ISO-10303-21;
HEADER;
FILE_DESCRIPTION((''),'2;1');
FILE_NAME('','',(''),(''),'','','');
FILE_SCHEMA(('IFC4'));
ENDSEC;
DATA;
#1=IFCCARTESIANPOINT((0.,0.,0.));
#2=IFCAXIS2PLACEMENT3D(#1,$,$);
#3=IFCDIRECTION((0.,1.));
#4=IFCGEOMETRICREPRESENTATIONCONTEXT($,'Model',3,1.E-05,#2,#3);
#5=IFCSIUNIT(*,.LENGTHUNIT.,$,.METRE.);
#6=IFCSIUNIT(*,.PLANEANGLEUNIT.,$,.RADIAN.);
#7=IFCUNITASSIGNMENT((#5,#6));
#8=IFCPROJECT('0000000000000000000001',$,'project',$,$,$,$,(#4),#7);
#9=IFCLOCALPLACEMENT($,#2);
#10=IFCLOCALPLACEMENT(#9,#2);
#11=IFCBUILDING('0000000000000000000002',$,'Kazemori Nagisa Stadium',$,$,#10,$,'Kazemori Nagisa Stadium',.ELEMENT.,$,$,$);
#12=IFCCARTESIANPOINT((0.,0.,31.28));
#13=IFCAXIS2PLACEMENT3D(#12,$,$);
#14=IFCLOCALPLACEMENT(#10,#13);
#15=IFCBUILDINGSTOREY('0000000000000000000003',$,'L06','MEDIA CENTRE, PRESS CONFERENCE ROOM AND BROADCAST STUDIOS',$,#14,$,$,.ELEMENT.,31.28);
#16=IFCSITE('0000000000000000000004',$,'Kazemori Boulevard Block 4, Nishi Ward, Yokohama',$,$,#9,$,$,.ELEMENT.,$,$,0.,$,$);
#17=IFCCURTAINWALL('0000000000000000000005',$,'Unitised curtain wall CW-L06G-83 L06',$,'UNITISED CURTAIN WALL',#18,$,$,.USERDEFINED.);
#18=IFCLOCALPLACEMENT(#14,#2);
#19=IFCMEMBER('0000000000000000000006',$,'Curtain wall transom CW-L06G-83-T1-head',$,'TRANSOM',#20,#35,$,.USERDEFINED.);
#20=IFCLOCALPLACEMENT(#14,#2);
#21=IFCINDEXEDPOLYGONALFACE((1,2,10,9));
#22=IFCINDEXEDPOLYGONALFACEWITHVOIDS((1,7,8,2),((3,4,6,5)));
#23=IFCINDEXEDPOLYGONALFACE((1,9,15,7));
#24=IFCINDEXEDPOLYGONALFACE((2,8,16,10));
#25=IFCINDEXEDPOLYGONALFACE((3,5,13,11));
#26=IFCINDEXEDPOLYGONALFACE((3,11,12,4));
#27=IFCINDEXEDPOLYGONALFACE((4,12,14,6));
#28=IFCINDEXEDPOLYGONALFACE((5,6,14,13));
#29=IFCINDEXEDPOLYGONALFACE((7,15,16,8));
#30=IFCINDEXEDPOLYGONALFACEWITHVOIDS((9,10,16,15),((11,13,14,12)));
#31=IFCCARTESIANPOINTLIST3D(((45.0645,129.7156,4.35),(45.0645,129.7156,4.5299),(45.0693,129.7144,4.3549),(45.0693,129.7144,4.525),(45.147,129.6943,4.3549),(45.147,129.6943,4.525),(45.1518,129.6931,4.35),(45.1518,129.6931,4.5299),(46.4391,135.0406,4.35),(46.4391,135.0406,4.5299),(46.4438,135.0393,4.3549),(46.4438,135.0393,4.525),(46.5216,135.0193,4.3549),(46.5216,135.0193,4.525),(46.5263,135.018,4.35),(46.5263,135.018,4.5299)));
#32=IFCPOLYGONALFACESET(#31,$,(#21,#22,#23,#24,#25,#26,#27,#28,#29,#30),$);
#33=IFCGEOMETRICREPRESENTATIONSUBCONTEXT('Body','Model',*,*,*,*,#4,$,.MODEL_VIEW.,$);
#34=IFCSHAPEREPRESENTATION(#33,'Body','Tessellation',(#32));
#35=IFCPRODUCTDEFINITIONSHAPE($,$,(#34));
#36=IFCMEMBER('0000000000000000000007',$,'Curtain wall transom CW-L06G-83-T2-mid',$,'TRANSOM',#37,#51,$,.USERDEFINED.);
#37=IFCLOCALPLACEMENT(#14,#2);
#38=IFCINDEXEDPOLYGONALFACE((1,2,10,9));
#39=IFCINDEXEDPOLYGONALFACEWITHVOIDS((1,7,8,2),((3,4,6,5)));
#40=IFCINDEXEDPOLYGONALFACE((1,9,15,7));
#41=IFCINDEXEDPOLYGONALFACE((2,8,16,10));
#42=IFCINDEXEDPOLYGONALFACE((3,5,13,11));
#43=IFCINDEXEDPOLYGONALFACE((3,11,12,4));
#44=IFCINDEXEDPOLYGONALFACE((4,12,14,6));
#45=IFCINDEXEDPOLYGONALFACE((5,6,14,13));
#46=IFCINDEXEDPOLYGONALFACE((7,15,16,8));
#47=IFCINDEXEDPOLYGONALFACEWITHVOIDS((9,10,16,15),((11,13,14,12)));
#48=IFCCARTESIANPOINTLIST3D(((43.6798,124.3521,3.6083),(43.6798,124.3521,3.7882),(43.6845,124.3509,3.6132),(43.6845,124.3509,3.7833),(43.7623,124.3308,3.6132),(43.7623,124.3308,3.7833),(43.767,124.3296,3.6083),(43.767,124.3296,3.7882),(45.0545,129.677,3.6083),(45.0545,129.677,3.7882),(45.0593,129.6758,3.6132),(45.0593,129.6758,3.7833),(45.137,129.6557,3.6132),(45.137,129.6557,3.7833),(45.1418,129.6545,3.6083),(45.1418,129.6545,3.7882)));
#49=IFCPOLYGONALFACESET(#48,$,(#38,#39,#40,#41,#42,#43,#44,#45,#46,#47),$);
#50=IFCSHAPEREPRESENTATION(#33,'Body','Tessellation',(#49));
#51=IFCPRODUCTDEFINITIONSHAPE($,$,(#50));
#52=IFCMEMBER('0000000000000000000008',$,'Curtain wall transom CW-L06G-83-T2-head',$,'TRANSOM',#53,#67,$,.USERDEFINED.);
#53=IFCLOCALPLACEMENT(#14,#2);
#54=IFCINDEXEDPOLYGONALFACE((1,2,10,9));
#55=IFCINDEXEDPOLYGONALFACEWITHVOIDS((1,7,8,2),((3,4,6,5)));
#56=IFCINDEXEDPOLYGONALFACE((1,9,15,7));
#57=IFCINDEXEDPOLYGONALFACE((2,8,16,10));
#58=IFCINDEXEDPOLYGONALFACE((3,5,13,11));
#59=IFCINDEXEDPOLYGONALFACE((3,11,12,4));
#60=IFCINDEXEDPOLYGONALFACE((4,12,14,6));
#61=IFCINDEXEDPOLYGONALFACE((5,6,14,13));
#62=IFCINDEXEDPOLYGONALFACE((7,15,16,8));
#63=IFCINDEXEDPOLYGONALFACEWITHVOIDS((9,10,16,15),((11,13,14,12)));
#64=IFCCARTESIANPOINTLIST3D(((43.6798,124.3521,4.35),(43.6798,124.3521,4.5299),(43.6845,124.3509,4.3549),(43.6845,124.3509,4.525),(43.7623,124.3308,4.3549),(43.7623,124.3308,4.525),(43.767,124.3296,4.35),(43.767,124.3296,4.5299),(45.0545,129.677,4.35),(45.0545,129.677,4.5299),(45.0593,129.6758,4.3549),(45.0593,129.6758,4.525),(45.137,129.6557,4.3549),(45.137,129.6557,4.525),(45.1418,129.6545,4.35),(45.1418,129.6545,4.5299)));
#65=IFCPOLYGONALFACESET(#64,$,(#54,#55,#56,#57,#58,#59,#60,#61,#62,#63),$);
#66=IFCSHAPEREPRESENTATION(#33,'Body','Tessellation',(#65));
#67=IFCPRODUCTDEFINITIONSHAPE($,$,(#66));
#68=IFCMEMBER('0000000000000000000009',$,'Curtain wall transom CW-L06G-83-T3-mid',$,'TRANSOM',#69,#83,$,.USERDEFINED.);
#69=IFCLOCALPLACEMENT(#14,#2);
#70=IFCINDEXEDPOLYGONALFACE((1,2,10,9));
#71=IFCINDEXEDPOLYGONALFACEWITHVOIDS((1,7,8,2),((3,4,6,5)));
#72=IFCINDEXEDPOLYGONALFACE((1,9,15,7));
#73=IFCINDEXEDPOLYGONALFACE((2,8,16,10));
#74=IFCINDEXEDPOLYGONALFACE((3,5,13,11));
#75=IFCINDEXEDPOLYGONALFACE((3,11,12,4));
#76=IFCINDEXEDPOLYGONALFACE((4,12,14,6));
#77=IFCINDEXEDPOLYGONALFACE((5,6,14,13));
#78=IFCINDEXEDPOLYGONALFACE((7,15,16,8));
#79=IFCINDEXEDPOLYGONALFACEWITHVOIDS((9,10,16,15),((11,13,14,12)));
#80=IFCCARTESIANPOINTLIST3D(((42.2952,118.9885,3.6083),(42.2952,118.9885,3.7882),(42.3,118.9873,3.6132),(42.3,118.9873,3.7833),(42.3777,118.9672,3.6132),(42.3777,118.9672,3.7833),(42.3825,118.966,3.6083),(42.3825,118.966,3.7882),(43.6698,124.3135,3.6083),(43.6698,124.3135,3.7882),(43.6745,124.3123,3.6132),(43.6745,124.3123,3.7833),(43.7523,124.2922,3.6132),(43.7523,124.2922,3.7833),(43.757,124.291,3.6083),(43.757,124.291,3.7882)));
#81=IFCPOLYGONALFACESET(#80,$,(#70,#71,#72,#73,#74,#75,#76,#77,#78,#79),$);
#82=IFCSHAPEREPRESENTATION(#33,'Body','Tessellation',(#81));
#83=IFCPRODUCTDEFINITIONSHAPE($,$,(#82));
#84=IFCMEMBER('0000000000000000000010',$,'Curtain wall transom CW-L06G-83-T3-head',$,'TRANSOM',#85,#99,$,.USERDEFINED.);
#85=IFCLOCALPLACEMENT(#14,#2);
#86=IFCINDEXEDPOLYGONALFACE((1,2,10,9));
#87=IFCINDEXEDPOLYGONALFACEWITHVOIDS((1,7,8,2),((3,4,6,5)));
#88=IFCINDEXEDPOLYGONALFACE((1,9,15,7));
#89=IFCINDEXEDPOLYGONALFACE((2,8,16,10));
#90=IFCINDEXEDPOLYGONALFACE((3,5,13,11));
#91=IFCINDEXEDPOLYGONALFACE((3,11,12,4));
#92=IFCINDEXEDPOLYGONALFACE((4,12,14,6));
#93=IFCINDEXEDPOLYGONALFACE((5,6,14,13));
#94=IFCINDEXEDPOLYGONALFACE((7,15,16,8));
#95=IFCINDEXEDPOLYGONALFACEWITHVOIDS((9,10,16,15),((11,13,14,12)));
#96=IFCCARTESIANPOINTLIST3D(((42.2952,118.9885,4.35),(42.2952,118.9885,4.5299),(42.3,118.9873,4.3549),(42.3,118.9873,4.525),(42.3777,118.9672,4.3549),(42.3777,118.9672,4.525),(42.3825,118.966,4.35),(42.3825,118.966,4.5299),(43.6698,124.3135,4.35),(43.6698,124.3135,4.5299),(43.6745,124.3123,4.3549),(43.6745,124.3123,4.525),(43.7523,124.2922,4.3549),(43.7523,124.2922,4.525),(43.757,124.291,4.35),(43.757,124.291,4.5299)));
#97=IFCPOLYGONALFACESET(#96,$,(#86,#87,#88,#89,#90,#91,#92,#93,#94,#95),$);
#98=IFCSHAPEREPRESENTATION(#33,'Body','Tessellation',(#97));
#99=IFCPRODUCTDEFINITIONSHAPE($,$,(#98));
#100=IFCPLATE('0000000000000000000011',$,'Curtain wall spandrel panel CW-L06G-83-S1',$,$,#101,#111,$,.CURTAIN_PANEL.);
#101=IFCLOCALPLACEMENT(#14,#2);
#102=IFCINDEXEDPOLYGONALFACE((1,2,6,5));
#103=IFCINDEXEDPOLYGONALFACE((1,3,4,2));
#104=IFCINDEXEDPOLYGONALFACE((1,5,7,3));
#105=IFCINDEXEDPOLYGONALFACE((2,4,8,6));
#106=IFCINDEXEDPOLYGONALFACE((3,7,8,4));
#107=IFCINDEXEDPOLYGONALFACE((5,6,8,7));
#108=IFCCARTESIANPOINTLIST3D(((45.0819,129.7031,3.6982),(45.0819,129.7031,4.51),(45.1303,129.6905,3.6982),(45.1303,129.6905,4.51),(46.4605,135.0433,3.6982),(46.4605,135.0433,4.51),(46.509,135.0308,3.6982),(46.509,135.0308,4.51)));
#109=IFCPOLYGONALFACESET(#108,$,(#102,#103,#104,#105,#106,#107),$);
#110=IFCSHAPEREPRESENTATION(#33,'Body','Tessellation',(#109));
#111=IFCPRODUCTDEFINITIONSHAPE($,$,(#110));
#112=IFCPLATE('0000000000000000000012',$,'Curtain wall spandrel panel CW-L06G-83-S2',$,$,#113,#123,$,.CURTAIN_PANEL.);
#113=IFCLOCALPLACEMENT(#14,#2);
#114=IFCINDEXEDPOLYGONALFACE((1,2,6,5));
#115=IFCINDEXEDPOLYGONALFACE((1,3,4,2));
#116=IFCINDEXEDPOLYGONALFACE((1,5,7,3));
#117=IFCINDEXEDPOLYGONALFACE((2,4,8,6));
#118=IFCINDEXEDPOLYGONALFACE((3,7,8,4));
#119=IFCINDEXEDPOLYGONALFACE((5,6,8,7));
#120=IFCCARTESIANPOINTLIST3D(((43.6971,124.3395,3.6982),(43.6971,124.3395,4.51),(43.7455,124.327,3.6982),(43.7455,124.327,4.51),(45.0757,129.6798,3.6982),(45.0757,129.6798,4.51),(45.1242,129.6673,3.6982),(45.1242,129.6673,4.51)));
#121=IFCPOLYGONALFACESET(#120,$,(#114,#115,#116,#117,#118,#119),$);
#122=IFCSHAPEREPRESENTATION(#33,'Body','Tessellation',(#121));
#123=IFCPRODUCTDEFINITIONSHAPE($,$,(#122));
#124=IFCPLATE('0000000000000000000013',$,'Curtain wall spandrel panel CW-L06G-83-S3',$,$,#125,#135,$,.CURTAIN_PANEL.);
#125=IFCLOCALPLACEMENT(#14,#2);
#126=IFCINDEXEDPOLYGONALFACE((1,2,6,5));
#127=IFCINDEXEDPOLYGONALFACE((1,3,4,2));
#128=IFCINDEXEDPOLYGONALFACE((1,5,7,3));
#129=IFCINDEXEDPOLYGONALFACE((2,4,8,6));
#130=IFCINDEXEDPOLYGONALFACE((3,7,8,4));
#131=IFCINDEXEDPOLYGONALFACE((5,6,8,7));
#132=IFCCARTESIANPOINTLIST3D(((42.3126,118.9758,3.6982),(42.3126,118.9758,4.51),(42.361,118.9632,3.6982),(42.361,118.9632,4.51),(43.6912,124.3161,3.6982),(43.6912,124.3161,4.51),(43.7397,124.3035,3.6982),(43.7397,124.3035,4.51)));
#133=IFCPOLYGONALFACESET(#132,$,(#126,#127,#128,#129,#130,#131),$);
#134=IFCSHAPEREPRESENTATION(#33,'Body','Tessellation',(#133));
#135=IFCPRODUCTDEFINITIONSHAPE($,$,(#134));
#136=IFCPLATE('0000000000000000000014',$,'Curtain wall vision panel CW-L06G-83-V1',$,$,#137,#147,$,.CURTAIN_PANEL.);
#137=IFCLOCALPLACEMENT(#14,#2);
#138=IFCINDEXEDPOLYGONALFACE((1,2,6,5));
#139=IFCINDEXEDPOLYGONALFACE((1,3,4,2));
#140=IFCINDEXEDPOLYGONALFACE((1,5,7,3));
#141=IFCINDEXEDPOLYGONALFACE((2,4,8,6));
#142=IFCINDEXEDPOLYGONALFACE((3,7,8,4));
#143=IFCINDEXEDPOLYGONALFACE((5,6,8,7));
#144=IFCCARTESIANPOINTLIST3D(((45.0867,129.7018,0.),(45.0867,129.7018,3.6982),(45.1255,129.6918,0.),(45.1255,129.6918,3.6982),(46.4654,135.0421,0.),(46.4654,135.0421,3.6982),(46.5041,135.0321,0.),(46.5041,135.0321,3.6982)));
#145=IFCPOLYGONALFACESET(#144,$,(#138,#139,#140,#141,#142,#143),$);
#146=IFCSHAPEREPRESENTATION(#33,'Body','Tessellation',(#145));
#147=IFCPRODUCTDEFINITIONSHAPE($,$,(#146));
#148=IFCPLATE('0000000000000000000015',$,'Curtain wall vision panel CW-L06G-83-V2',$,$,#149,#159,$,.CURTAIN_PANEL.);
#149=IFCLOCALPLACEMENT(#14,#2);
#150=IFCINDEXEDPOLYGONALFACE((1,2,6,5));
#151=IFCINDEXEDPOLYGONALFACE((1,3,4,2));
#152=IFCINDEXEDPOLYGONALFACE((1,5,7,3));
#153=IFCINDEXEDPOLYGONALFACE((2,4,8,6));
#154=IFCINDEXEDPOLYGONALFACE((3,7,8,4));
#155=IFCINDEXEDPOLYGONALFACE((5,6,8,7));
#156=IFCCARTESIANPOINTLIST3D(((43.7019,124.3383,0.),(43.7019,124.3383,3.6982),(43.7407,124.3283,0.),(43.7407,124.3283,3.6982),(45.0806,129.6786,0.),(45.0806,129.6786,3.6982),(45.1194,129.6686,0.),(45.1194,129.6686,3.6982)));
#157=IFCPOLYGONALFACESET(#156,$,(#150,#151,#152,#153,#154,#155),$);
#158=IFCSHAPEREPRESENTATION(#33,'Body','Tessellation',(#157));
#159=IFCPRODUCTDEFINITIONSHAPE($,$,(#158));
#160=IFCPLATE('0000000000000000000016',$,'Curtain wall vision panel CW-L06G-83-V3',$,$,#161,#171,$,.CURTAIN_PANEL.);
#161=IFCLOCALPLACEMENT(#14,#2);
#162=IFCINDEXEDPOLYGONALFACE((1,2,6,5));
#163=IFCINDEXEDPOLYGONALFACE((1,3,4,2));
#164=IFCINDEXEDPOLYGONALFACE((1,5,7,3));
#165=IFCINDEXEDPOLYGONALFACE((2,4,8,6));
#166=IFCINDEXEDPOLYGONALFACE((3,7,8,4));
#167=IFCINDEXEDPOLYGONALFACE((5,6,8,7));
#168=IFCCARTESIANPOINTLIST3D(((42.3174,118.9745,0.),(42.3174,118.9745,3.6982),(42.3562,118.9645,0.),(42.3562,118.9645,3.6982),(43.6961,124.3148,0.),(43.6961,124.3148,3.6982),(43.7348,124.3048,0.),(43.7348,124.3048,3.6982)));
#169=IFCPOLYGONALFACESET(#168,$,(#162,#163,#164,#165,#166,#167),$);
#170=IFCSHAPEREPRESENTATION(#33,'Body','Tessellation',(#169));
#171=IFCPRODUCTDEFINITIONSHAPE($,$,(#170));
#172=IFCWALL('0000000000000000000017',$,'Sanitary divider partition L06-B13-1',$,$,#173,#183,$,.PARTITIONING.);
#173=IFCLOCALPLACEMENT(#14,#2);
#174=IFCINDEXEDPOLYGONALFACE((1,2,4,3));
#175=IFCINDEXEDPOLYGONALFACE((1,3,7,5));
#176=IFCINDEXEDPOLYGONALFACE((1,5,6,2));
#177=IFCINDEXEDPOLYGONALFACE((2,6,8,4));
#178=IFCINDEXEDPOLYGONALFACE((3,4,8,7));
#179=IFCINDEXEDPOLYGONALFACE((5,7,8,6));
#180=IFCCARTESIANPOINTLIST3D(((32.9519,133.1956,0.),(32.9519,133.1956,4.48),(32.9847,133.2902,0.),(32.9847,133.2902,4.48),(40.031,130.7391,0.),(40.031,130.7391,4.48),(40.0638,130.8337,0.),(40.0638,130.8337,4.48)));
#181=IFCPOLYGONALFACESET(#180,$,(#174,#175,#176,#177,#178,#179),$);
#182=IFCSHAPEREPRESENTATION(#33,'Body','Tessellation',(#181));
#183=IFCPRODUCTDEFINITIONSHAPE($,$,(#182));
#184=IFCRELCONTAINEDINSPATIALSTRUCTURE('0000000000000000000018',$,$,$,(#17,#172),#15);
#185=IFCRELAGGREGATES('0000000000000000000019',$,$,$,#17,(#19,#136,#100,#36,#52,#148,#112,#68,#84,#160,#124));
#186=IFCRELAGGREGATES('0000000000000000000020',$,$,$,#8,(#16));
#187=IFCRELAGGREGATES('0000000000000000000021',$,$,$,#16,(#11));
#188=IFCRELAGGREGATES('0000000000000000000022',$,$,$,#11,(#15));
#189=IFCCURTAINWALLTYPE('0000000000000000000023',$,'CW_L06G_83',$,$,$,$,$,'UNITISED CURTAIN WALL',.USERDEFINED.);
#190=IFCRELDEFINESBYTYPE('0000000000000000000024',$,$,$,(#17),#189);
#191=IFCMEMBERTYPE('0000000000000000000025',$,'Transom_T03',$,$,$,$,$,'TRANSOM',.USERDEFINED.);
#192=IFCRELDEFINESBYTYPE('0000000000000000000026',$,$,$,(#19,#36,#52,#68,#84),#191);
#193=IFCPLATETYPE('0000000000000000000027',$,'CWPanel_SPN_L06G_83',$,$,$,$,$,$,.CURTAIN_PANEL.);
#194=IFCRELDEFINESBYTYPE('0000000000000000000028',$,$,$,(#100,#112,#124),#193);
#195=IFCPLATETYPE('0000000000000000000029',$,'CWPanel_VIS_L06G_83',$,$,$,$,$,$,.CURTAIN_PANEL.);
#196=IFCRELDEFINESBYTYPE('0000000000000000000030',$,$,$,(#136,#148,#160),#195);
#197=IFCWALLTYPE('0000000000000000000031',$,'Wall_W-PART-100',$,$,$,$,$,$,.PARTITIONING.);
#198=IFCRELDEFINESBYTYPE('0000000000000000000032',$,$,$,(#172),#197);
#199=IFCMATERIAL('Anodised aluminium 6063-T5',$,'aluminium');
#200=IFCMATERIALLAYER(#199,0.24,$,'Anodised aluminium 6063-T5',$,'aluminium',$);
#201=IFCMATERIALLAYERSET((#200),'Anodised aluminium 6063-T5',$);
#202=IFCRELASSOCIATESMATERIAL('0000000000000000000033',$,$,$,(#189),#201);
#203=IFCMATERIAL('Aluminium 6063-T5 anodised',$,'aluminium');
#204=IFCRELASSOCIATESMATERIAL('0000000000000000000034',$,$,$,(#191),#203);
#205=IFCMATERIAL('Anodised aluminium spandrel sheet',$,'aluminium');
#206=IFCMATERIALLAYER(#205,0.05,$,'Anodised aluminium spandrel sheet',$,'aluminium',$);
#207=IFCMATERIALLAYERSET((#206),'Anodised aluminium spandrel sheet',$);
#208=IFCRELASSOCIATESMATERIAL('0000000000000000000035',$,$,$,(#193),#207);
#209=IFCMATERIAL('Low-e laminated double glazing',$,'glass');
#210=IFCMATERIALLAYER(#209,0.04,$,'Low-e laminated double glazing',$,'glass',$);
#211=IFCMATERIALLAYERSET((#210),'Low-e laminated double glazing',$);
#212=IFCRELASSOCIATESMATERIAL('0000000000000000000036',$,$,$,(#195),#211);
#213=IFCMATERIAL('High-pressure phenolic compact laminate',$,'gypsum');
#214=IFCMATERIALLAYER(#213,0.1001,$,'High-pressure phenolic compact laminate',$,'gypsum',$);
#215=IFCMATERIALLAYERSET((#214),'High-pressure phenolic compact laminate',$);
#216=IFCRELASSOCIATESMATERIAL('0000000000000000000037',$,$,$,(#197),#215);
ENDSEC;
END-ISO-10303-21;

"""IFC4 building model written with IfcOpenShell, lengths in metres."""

from ifc_helpers import new_model, si_unit, direction, frame, frame_2d, origin, origin_2d, place, context, subcontext, project, spatial, rectangle, hollow_rectangle, extrude, material, layer, layer_set, material_profile, profile_set, type_object, element, aggregate, save


model = new_model("IFC4")

# Units and contexts
model_context = context("Model", 3, precision=1e-05, world=origin(), true_north=direction((0.0, 1.0)))
body_context = subcontext(model_context, "Body", "Model", "MODEL_VIEW")
ifc_project = project(units=[si_unit("LENGTHUNIT", "METRE"), si_unit("PLANEANGLEUNIT", "RADIAN")], contexts=[model_context])

# Site, building, storey
site_placement = place(None, origin())
site = spatial("IfcSite", under=ifc_project, at=site_placement, Name="Kazemori Boulevard Block 4, Nishi Ward, Yokohama", CompositionType="ELEMENT", RefElevation=0.0)
building_placement = place(site_placement, origin())
building = spatial("IfcBuilding", under=site, at=building_placement, Name="Kazemori Nagisa Stadium", LongName="Kazemori Nagisa Stadium", CompositionType="ELEMENT")
storey_placement = place(building_placement, frame((0.0, 0.0, 31.28)))
storey = spatial("IfcBuildingStorey", under=building, at=storey_placement, Name="L06", Description="MEDIA CENTRE, PRESS CONFERENCE ROOM AND BROADCAST STUDIOS", CompositionType="ELEMENT", Elevation=31.28)

# Shared definitions
ifc_material_1 = material(Name="Anodised aluminium 6063-T5", Category="aluminium")
ifc_material_2 = material(Name="Aluminium 6063-T5 anodised", Category="aluminium")

# Curtain wall
ifc_layer_1 = layer(ifc_material_1, 0.24, Name="Anodised aluminium 6063-T5", Category="aluminium")
ifc_layer_set_1 = layer_set([ifc_layer_1], Name="Anodised aluminium 6063-T5")
curtain_wall_type_1 = type_object("IfcCurtainWallType", Name="CW_L06G_83", ElementType="UNITISED CURTAIN WALL", PredefinedType="USERDEFINED", material=ifc_layer_set_1)
curtain_wall_1_placement = place(storey_placement, origin())
curtain_wall_1 = element("IfcCurtainWall", 1, at=curtain_wall_1_placement, inside=storey, type_object=curtain_wall_type_1, Name="Unitised curtain wall CW-L06G-83 L06", ObjectType="UNITISED CURTAIN WALL", PredefinedType="USERDEFINED")

# Members
ifc_material_profile_1 = material_profile(ifc_material_2, hollow_rectangle(XDim=0.0901, YDim=0.1799, WallThickness=0.0049, at=origin_2d()), Name="ALU-TRAN-90x180x5")
ifc_profile_set_1 = profile_set([ifc_material_profile_1], Name="Aluminium 6063-T5 anodised")
member_type_1 = type_object("IfcMemberType", Name="Transom_T03", ElementType="TRANSOM", PredefinedType="USERDEFINED", material=ifc_profile_set_1)
member_1_placement = place(storey_placement, frame((46.4827, 135.0293, 4.4399), z_axis=(-0.249934, -0.968263, 0.0), x_axis=(0.968263, -0.249934, 0.0)))
member_1 = element("IfcMember", 2, at=member_1_placement, type_object=member_type_1, Name="Curtain wall transom CW-L06G-83-T1-head", ObjectType="TRANSOM", PredefinedType="USERDEFINED", context=body_context, shape_type="SweptSolid", body=[
    extrude(hollow_rectangle(XDim=0.0901, YDim=0.1799, WallThickness=0.0049, at=origin_2d()), origin(), (0.0, 0.0, 1.0), 5.4995),
])
member_2_placement = place(storey_placement, frame((45.0981, 129.6658, 3.6982), z_axis=(-0.249976, -0.968252, 0.0), x_axis=(0.968252, -0.249976, 0.0)))
member_2 = element("IfcMember", 3, at=member_2_placement, type_object=member_type_1, Name="Curtain wall transom CW-L06G-83-T2-mid", ObjectType="TRANSOM", PredefinedType="USERDEFINED", context=body_context, shape_type="SweptSolid", body=[
    extrude(hollow_rectangle(XDim=0.0901, YDim=0.1799, WallThickness=0.0049, at=origin_2d()), origin(), (0.0, 0.0, 1.0), 5.4995),
])
member_3_placement = place(storey_placement, frame((45.0981, 129.6658, 4.4399), z_axis=(-0.249976, -0.968252, 0.0), x_axis=(0.968252, -0.249976, 0.0)))
member_3 = element("IfcMember", 4, at=member_3_placement, type_object=member_type_1, Name="Curtain wall transom CW-L06G-83-T2-head", ObjectType="TRANSOM", PredefinedType="USERDEFINED", context=body_context, shape_type="SweptSolid", body=[
    extrude(hollow_rectangle(XDim=0.0901, YDim=0.1799, WallThickness=0.0049, at=origin_2d()), origin(), (0.0, 0.0, 1.0), 5.4995),
])
member_4_placement = place(storey_placement, frame((43.7134, 124.3022, 3.6982), z_axis=(-0.249934, -0.968263, 0.0), x_axis=(0.968263, -0.249934, 0.0)))
member_4 = element("IfcMember", 5, at=member_4_placement, type_object=member_type_1, Name="Curtain wall transom CW-L06G-83-T3-mid", ObjectType="TRANSOM", PredefinedType="USERDEFINED", context=body_context, shape_type="SweptSolid", body=[
    extrude(hollow_rectangle(XDim=0.0901, YDim=0.1799, WallThickness=0.0049, at=origin_2d()), origin(), (0.0, 0.0, 1.0), 5.4995),
])
member_5_placement = place(storey_placement, frame((43.7134, 124.3022, 4.4399), z_axis=(-0.249934, -0.968263, 0.0), x_axis=(0.968263, -0.249934, 0.0)))
member_5 = element("IfcMember", 6, at=member_5_placement, type_object=member_type_1, Name="Curtain wall transom CW-L06G-83-T3-head", ObjectType="TRANSOM", PredefinedType="USERDEFINED", context=body_context, shape_type="SweptSolid", body=[
    extrude(hollow_rectangle(XDim=0.0901, YDim=0.1799, WallThickness=0.0049, at=origin_2d()), origin(), (0.0, 0.0, 1.0), 5.4995),
])

# Plates
ifc_material_3 = material(Name="Anodised aluminium spandrel sheet", Category="aluminium")
ifc_layer_2 = layer(ifc_material_3, 0.05, Name="Anodised aluminium spandrel sheet", Category="aluminium")
ifc_layer_set_2 = layer_set([ifc_layer_2], Name="Anodised aluminium spandrel sheet")
plate_type_1 = type_object("IfcPlateType", Name="CWPanel_SPN_L06G_83", PredefinedType="CURTAIN_PANEL", material=ifc_layer_set_2)
plate_1_placement = place(storey_placement, frame((45.7954, 132.3669, 3.6982), z_axis=(0.0, 0.0, 1.0), x_axis=(-0.249965, -0.968255, 0.0)))
plate_1 = element("IfcPlate", 7, at=plate_1_placement, type_object=plate_type_1, Name="Curtain wall spandrel panel CW-L06G-83-S1", PredefinedType="CURTAIN_PANEL", context=body_context, shape_type="SweptSolid", body=[
    extrude(rectangle(XDim=5.5154, YDim=0.05, at=origin_2d()), origin(), (0.0, 0.0, 1.0), 0.8118),
])
plate_2_placement = place(storey_placement, frame((44.4106, 127.0034, 3.6982), z_axis=(0.0, 0.0, 1.0), x_axis=(-0.249965, -0.968255, 0.0)))
plate_2 = element("IfcPlate", 8, at=plate_2_placement, type_object=plate_type_1, Name="Curtain wall spandrel panel CW-L06G-83-S2", PredefinedType="CURTAIN_PANEL", context=body_context, shape_type="SweptSolid", body=[
    extrude(rectangle(XDim=5.5154, YDim=0.05, at=origin_2d()), origin(), (0.0, 0.0, 1.0), 0.8118),
])
plate_3_placement = place(storey_placement, frame((43.0261, 121.6396, 3.6982), z_axis=(0.0, 0.0, 1.0), x_axis=(-0.249965, -0.968255, 0.0)))
plate_3 = element("IfcPlate", 9, at=plate_3_placement, type_object=plate_type_1, Name="Curtain wall spandrel panel CW-L06G-83-S3", PredefinedType="CURTAIN_PANEL", context=body_context, shape_type="SweptSolid", body=[
    extrude(rectangle(XDim=5.5154, YDim=0.05, at=origin_2d()), origin(), (0.0, 0.0, 1.0), 0.8118),
])
ifc_material_4 = material(Name="Low-e laminated double glazing", Category="glass")
ifc_layer_3 = layer(ifc_material_4, 0.04, Name="Low-e laminated double glazing", Category="glass")
ifc_layer_set_3 = layer_set([ifc_layer_3], Name="Low-e laminated double glazing")
plate_type_2 = type_object("IfcPlateType", Name="CWPanel_VIS_L06G_83", PredefinedType="CURTAIN_PANEL", material=ifc_layer_set_3)
plate_4_placement = place(storey_placement, frame((45.7954, 132.3669, 0.0), z_axis=(0.0, 0.0, 1.0), x_axis=(-0.249965, -0.968255, 0.0)))
plate_4 = element("IfcPlate", 10, at=plate_4_placement, type_object=plate_type_2, Name="Curtain wall vision panel CW-L06G-83-V1", PredefinedType="CURTAIN_PANEL", context=body_context, shape_type="SweptSolid", body=[
    extrude(rectangle(XDim=5.5154, YDim=0.04, at=origin_2d()), origin(), (0.0, 0.0, 1.0), 3.6982),
])
plate_5_placement = place(storey_placement, frame((44.4106, 127.0034, 0.0), z_axis=(0.0, 0.0, 1.0), x_axis=(-0.249965, -0.968255, 0.0)))
plate_5 = element("IfcPlate", 11, at=plate_5_placement, type_object=plate_type_2, Name="Curtain wall vision panel CW-L06G-83-V2", PredefinedType="CURTAIN_PANEL", context=body_context, shape_type="SweptSolid", body=[
    extrude(rectangle(XDim=5.5154, YDim=0.04, at=origin_2d()), origin(), (0.0, 0.0, 1.0), 3.6982),
])
plate_6_placement = place(storey_placement, frame((43.0261, 121.6396, 0.0), z_axis=(0.0, 0.0, 1.0), x_axis=(-0.249965, -0.968255, 0.0)))
plate_6 = element("IfcPlate", 12, at=plate_6_placement, type_object=plate_type_2, Name="Curtain wall vision panel CW-L06G-83-V3", PredefinedType="CURTAIN_PANEL", context=body_context, shape_type="SweptSolid", body=[
    extrude(rectangle(XDim=5.5154, YDim=0.04, at=origin_2d()), origin(), (0.0, 0.0, 1.0), 3.6982),
])
aggregate(curtain_wall_1, [member_1, plate_4, plate_1, member_2, member_3, plate_5, plate_2, member_4, member_5, plate_6, plate_3])

# Wall
ifc_material_5 = material(Name="High-pressure phenolic compact laminate", Category="gypsum")
ifc_layer_4 = layer(ifc_material_5, 0.1001, Name="High-pressure phenolic compact laminate", Category="gypsum")
ifc_layer_set_4 = layer_set([ifc_layer_4], Name="High-pressure phenolic compact laminate")
wall_type_1 = type_object("IfcWallType", Name="Wall_W-PART-100", PredefinedType="PARTITIONING", material=ifc_layer_set_4)
wall_1_placement = place(storey_placement, frame((40.0474, 130.7864, 0.0), z_axis=(0.0, 0.0, 1.0), x_axis=(-0.944735, 0.327836, 0.0)))
element("IfcWall", 13, at=wall_1_placement, inside=storey, type_object=wall_type_1, Name="Sanitary divider partition L06-B13-1", PredefinedType="PARTITIONING", context=body_context, shape_type="SweptSolid", body=[
    extrude(rectangle(XDim=7.4932, YDim=0.1001, at=frame_2d((3.7466, 0.0))), origin(), (0.0, 0.0, 1.0), 4.48),
])

save(model, "model.ifc")
